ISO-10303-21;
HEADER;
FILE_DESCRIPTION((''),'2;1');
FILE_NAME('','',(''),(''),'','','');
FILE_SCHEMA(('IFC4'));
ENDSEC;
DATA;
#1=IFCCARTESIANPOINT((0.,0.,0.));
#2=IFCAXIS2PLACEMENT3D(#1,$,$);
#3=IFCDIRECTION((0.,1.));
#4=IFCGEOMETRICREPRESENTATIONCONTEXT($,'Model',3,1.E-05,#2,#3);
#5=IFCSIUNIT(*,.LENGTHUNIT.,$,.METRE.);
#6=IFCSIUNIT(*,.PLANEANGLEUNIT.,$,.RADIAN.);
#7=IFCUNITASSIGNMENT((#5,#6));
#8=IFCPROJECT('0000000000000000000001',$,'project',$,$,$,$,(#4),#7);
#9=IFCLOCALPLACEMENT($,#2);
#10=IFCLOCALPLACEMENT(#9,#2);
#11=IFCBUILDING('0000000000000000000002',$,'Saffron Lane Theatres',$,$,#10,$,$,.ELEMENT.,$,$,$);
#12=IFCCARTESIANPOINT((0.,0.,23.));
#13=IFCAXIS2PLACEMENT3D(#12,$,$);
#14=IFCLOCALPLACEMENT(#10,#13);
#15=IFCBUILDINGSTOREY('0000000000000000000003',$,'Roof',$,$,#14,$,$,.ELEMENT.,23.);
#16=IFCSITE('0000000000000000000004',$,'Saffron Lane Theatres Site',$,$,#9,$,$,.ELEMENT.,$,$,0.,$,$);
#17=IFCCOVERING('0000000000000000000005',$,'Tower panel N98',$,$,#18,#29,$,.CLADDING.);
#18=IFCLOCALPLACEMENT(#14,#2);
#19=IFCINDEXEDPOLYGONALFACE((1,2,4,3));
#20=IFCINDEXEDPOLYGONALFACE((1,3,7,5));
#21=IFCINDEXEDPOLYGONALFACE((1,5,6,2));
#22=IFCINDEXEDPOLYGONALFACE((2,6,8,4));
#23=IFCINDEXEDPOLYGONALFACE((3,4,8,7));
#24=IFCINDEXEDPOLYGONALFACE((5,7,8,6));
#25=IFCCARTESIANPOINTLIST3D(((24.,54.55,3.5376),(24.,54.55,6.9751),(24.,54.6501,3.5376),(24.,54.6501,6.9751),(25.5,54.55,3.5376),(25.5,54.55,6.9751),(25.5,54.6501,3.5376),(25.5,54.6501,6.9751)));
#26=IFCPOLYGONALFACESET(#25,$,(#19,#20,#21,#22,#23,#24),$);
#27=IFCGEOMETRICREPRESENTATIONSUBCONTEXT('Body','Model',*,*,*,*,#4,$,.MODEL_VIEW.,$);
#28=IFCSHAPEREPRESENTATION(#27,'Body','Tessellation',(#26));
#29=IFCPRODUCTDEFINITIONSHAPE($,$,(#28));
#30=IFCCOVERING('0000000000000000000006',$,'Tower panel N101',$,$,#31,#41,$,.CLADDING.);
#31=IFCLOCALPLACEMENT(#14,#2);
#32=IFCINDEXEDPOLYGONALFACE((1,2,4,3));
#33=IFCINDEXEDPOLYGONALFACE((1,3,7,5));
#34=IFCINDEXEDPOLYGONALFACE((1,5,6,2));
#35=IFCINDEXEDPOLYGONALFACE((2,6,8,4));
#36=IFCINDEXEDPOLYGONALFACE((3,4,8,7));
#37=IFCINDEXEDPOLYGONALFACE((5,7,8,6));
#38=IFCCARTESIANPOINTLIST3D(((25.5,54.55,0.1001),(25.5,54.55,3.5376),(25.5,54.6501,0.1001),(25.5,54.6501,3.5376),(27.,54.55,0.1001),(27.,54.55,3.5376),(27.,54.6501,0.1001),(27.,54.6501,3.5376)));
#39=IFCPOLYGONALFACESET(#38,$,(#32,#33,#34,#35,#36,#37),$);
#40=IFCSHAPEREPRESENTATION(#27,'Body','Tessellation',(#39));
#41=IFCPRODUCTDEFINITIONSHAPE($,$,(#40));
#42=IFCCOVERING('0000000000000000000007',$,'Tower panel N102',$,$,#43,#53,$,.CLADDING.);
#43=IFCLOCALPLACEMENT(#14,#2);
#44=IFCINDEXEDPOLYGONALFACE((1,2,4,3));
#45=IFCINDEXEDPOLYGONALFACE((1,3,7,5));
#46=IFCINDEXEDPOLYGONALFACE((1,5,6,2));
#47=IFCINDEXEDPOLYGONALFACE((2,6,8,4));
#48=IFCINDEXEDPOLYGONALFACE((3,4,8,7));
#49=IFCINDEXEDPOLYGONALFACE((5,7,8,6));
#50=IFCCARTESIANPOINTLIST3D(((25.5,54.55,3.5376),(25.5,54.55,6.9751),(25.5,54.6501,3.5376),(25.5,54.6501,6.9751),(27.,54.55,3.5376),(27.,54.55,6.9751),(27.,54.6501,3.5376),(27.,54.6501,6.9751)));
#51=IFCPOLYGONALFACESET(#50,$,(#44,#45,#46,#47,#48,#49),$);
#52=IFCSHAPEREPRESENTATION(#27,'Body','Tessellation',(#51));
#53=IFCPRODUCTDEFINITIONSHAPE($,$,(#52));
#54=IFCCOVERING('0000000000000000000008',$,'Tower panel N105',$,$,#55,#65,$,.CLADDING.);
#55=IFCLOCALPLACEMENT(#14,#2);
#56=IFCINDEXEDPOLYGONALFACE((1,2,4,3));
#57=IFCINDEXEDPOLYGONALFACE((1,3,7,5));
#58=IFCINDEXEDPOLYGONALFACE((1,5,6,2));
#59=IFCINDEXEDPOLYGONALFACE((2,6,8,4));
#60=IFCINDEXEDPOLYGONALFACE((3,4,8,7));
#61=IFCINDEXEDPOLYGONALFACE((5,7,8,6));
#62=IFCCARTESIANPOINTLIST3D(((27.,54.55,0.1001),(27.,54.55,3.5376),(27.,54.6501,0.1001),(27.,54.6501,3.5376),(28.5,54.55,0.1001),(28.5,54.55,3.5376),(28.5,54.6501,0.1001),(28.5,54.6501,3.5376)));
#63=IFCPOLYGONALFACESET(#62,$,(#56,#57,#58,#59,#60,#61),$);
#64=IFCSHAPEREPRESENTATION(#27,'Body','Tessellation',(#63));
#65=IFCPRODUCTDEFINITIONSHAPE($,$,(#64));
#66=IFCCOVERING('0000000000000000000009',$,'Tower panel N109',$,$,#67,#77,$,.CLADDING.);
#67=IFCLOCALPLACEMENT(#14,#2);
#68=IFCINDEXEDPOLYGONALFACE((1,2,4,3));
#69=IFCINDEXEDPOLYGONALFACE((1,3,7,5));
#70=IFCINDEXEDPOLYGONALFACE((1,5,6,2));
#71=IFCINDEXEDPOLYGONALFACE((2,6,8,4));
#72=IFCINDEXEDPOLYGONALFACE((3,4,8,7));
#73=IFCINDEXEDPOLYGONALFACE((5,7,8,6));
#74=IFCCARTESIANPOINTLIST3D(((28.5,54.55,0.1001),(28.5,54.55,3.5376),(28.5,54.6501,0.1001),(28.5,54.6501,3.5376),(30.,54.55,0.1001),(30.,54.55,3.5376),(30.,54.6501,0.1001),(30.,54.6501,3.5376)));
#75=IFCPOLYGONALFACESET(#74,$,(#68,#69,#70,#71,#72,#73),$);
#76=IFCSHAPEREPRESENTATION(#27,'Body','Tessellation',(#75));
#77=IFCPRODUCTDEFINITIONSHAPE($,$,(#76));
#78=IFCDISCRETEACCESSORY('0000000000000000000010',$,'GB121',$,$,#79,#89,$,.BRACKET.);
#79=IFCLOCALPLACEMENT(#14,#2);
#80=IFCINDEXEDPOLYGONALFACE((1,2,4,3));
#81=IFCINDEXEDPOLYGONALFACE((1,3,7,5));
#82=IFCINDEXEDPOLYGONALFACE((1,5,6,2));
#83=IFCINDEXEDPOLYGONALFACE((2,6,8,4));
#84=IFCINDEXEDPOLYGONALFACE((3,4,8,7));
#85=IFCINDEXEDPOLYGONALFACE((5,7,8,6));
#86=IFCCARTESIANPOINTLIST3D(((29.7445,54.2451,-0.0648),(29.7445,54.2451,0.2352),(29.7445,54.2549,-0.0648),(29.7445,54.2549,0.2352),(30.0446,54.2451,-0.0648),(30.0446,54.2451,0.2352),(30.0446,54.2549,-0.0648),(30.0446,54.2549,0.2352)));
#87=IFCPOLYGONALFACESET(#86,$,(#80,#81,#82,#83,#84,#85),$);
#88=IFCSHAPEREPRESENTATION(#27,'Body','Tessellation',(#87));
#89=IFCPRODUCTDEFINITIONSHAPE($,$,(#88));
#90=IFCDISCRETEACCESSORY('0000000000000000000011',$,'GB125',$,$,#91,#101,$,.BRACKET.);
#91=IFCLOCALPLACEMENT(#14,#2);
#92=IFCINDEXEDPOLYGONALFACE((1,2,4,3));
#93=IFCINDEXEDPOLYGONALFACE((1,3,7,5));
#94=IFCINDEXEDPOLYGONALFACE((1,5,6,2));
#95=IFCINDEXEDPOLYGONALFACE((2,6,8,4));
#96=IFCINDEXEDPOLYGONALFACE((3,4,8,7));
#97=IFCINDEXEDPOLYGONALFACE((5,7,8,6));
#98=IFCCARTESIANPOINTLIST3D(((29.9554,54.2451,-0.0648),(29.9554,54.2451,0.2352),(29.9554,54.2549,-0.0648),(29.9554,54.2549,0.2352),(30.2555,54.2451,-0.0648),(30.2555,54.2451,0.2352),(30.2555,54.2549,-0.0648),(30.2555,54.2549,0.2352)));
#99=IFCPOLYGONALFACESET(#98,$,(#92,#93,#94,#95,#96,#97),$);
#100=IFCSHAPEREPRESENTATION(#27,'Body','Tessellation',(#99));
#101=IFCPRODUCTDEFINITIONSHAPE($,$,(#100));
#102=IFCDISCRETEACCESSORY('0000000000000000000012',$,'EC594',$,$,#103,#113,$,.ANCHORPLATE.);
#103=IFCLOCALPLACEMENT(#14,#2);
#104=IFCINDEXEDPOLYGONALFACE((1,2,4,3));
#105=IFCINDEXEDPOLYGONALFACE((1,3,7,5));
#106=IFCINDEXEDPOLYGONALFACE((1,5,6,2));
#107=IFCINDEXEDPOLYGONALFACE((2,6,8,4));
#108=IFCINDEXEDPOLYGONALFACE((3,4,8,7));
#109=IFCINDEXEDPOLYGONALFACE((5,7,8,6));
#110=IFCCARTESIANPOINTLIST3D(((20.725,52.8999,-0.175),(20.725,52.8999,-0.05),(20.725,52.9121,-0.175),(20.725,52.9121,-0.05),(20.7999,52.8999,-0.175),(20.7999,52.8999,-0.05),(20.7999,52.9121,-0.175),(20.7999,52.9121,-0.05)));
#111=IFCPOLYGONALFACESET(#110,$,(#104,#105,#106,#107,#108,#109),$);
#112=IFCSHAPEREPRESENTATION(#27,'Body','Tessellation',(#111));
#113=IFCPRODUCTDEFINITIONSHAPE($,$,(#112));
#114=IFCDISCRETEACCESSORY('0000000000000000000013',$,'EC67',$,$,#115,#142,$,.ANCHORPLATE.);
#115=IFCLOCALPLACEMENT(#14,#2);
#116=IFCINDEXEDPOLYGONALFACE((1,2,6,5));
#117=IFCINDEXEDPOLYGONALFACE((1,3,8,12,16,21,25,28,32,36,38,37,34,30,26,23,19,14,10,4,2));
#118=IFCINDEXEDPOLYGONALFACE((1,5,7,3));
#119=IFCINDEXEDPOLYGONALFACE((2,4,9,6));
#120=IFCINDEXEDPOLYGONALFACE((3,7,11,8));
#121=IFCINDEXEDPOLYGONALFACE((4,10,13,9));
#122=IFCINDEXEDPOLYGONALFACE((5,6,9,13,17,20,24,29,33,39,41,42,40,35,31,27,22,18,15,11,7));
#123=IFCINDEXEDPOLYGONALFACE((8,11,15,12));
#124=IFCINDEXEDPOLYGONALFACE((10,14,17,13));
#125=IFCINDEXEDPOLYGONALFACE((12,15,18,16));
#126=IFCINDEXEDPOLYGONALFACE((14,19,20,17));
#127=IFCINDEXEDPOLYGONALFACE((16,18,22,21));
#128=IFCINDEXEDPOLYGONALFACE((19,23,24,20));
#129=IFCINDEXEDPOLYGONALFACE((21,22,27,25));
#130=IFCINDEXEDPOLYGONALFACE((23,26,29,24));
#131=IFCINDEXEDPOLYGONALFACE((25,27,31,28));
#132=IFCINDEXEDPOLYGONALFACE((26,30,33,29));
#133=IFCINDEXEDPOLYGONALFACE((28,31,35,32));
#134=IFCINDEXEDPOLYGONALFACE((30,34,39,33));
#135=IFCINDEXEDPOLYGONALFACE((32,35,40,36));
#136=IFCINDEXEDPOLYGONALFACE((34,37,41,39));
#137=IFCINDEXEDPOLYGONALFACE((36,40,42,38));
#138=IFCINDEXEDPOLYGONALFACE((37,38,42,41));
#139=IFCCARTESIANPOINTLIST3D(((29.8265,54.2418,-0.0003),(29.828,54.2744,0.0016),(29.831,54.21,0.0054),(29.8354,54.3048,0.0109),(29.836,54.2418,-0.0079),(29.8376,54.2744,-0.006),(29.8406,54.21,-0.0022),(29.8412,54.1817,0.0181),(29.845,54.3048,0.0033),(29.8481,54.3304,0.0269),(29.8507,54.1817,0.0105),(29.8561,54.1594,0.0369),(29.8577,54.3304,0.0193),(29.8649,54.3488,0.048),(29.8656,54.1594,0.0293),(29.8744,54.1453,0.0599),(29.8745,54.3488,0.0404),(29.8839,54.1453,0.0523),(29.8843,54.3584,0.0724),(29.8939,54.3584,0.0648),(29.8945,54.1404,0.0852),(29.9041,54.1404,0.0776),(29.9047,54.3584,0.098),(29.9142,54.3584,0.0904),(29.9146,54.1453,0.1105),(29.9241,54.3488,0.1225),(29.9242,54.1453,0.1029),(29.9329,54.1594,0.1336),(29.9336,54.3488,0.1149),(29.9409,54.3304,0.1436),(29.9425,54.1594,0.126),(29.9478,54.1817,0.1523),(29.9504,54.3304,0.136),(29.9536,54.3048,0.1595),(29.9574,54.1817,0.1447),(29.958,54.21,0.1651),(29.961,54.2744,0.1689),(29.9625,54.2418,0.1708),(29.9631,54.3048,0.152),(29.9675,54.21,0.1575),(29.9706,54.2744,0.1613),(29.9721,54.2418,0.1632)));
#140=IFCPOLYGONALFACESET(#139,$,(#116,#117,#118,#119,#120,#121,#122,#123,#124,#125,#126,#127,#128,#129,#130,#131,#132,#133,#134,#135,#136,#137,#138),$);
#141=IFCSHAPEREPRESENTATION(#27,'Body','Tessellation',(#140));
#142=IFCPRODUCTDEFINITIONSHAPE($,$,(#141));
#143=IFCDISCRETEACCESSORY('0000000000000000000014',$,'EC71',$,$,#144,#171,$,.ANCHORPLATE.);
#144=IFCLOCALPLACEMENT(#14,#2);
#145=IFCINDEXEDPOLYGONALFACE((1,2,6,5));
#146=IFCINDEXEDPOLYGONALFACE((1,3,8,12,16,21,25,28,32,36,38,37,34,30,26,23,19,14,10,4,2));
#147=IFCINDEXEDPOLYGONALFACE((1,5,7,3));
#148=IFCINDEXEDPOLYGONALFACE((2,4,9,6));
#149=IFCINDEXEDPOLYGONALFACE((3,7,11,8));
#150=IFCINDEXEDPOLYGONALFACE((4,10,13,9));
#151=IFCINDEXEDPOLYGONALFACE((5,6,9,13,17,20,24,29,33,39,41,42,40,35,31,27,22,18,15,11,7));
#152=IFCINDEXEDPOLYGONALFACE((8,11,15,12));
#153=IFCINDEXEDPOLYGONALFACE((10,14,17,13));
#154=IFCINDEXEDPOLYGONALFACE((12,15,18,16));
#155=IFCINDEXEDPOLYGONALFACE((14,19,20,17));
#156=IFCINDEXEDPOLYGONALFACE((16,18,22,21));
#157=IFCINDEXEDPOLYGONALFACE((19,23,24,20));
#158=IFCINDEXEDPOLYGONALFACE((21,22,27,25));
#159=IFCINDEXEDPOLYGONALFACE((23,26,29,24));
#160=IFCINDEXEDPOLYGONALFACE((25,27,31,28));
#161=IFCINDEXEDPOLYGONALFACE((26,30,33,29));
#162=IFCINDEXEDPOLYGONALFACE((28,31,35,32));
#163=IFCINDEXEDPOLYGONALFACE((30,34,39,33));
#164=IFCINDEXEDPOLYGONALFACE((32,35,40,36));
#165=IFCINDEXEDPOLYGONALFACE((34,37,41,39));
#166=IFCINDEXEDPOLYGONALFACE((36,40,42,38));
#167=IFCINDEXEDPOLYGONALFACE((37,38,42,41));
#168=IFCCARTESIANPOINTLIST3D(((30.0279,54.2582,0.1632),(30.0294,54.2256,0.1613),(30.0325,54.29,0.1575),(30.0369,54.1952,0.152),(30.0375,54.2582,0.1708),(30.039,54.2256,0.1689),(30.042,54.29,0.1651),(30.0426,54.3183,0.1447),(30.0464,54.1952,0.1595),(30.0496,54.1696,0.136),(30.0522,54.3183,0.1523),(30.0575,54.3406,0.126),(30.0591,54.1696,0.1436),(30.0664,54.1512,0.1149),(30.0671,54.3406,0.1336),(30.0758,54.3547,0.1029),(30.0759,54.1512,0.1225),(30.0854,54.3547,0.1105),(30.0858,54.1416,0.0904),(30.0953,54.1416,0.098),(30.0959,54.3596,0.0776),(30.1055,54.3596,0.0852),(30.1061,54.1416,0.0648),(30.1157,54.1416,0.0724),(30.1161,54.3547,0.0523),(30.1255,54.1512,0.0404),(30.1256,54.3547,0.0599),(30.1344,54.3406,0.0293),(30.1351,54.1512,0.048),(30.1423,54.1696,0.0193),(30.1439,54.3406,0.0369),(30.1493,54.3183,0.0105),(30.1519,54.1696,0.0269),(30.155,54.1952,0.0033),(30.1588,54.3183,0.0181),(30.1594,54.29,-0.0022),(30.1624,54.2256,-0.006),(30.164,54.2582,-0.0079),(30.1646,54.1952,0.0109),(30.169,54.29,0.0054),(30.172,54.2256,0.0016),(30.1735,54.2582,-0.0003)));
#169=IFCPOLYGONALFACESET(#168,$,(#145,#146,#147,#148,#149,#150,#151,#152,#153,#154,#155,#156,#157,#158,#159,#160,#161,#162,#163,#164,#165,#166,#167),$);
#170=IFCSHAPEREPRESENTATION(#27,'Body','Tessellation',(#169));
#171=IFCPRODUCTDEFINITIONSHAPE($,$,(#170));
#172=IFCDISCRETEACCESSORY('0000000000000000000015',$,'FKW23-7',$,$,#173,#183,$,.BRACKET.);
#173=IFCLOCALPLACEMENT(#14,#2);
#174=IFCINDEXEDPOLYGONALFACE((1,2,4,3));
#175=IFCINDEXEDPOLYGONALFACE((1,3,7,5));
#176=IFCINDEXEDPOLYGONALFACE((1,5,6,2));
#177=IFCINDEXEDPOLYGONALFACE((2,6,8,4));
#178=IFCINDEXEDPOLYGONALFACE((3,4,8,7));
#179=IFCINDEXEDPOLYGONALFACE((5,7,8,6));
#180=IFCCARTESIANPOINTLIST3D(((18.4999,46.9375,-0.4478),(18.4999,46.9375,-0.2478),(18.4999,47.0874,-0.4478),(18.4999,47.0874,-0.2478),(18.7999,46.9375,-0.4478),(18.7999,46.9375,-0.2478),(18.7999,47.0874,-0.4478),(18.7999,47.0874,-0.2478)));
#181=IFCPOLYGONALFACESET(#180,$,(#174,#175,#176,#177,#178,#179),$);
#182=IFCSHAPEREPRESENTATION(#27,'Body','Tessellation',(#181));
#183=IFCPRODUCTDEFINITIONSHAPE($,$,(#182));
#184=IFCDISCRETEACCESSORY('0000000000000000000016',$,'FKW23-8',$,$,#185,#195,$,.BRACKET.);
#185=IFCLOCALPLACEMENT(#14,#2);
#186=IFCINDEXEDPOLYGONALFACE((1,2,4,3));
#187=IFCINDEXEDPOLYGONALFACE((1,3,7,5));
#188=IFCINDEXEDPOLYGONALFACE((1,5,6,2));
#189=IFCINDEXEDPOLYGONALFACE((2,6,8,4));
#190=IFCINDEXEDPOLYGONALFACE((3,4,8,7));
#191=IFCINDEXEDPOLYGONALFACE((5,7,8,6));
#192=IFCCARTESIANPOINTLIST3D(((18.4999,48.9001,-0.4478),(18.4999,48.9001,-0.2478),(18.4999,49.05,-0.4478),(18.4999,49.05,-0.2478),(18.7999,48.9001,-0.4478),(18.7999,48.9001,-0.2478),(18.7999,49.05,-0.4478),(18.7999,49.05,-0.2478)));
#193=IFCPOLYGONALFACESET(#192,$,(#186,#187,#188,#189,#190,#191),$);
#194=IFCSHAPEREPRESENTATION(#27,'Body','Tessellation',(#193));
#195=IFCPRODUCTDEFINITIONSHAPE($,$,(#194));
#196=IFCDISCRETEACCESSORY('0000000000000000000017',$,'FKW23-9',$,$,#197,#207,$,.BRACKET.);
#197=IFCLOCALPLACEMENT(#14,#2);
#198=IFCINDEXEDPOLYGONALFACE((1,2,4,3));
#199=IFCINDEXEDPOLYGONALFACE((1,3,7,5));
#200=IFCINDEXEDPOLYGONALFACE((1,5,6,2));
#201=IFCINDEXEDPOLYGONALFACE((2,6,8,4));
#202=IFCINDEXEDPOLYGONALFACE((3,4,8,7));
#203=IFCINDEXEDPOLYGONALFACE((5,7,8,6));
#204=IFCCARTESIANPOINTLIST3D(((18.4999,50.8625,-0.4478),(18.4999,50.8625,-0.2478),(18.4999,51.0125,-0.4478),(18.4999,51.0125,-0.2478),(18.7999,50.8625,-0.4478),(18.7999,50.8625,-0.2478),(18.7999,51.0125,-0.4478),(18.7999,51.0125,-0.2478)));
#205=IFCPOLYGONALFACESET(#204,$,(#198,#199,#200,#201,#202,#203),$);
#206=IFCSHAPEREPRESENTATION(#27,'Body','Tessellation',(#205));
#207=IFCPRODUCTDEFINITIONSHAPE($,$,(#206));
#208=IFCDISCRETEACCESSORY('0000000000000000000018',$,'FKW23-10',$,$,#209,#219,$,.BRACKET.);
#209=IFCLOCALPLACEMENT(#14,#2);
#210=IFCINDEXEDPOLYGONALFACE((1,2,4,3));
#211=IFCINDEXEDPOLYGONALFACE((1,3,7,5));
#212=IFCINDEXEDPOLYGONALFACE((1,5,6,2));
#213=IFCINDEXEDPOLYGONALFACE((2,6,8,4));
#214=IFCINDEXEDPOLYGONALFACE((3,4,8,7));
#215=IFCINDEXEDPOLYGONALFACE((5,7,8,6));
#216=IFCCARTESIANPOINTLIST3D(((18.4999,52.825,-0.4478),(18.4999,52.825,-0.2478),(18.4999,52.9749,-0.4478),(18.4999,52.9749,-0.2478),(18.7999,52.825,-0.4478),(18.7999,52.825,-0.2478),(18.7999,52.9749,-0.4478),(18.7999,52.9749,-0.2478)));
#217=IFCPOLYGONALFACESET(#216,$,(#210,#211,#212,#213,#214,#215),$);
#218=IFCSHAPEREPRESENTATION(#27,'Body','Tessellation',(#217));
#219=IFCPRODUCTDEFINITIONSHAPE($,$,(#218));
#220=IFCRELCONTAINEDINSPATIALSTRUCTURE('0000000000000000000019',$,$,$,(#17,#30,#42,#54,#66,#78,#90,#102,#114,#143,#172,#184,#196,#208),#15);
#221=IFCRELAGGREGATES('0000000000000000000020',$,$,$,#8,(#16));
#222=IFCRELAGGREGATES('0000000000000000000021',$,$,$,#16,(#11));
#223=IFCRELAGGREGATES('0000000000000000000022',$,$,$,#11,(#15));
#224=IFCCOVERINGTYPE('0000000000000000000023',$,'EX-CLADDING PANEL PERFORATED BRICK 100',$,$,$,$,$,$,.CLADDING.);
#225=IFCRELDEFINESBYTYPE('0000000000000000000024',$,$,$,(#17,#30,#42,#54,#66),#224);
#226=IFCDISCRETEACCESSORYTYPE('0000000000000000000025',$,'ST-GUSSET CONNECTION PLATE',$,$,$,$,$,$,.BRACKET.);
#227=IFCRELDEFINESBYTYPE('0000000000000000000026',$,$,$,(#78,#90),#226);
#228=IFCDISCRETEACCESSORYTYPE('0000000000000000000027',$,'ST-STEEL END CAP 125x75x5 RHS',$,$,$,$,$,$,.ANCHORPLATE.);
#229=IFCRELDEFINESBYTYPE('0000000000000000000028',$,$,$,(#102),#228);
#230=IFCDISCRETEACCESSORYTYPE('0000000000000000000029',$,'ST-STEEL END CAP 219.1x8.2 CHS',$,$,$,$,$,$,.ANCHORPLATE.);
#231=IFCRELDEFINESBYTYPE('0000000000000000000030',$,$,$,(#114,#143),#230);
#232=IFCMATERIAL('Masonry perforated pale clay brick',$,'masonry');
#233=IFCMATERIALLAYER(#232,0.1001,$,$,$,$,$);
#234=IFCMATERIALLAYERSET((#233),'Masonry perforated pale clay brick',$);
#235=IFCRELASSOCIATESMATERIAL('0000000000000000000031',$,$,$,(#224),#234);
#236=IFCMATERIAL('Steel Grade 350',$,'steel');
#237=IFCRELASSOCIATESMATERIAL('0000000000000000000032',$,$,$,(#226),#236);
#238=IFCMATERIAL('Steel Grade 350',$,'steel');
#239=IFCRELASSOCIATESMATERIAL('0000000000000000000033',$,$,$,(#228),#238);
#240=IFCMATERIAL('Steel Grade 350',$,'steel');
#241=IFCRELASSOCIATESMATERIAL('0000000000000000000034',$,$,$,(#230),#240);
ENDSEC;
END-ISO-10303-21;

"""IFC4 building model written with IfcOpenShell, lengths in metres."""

from ifc_helpers import new_model, si_unit, direction, frame, origin, origin_2d, place, context, subcontext, project, spatial, rectangle, circle, extrude, material, layer, layer_set, material_profile, profile_set, type_object, element, save


model = new_model("IFC4")

# Units and contexts
model_context = context("Model", 3, precision=1e-05, world=origin(), true_north=direction((0.0, 1.0)))
body_context = subcontext(model_context, "Body", "Model", "MODEL_VIEW")
ifc_project = project(units=[si_unit("LENGTHUNIT", "METRE"), si_unit("PLANEANGLEUNIT", "RADIAN")], contexts=[model_context])

# Site, building, storey
site_placement = place(None, origin())
site = spatial("IfcSite", under=ifc_project, at=site_placement, Name="Saffron Lane Theatres Site", CompositionType="ELEMENT", RefElevation=0.0)
building_placement = place(site_placement, origin())
building = spatial("IfcBuilding", under=site, at=building_placement, Name="Saffron Lane Theatres", CompositionType="ELEMENT")
storey_placement = place(building_placement, frame((0.0, 0.0, 23.0)))
storey = spatial("IfcBuildingStorey", under=building, at=storey_placement, Name="Roof", CompositionType="ELEMENT", Elevation=23.0)

# Coverings
ifc_material_1 = material(Name="Masonry perforated pale clay brick", Category="masonry")
ifc_layer_1 = layer(ifc_material_1, 0.1001)
ifc_layer_set_1 = layer_set([ifc_layer_1], Name="Masonry perforated pale clay brick")
covering_type = type_object("IfcCoveringType", Name="EX-CLADDING PANEL PERFORATED BRICK 100", PredefinedType="CLADDING", material=ifc_layer_set_1)
for number, where, z_axis, x_axis, name in (
    (1, (24.75, 54.6001, 3.5376), (0.0, 0.0, 1.0), (1.0, 0.0, 0.0), "Tower panel N98"),
    (2, (26.25, 54.6001, 0.1001), (0.0, 0.0, 1.0), (1.0, 0.0, 0.0), "Tower panel N101"),
    (3, (26.25, 54.6001, 3.5376), (0.0, 0.0, 1.0), (1.0, 0.0, 0.0), "Tower panel N102"),
    (4, (27.75, 54.6001, 0.1001), (0.0, 0.0, 1.0), (1.0, 0.0, 0.0), "Tower panel N105"),
    (5, (29.25, 54.6001, 0.1001), (0.0, 0.0, 1.0), (1.0, 0.0, 0.0), "Tower panel N109"),
):
    element("IfcCovering", number, at=place(storey_placement, frame(where, z_axis=z_axis, x_axis=x_axis)), inside=storey, type_object=covering_type, Name=name, PredefinedType="CLADDING", context=body_context, shape_type="SweptSolid", body=[
        extrude(rectangle(XDim=1.5, YDim=0.1001, at=origin_2d()), origin(), (0.0, 0.0, 1.0), 3.4375),
    ])

# Discrete accessories
ifc_material_2 = material(Name="Steel Grade 350", Category="steel")
ifc_material_profile_1 = material_profile(ifc_material_2, rectangle(XDim=0.3, YDim=0.3, at=origin_2d()))
ifc_profile_set_1 = profile_set([ifc_material_profile_1], Name="Steel Grade 350")
discrete_accessory_type_1 = type_object("IfcDiscreteAccessoryType", Name="ST-GUSSET CONNECTION PLATE", PredefinedType="BRACKET", material=ifc_profile_set_1)
for number, where, z_axis, x_axis, name in (
    (6, (29.8945, 54.2451, 0.0852), (0.0, 1.0, 0.0), (-1.0, 0.0, 0.0), "GB121"),
    (7, (30.1055, 54.2451, 0.0852), (0.0, 1.0, 0.0), (-1.0, 0.0, 0.0), "GB125"),
):
    element("IfcDiscreteAccessory", number, at=place(storey_placement, frame(where, z_axis=z_axis, x_axis=x_axis)), inside=storey, type_object=discrete_accessory_type_1, Name=name, PredefinedType="BRACKET", context=body_context, shape_type="SweptSolid", body=[
        extrude(rectangle(XDim=0.3, YDim=0.3, at=origin_2d()), origin(), (0.0, 0.0, 1.0), 0.0098),
    ])
ifc_material_3 = material(Name="Steel Grade 350", Category="steel")
ifc_material_profile_2 = material_profile(ifc_material_3, rectangle(XDim=0.075, YDim=0.125, at=origin_2d()))
ifc_profile_set_2 = profile_set([ifc_material_profile_2], Name="Steel Grade 350")
discrete_accessory_type_2 = type_object("IfcDiscreteAccessoryType", Name="ST-STEEL END CAP 125x75x5 RHS", PredefinedType="ANCHORPLATE", material=ifc_profile_set_2)
discrete_accessory_placement = place(storey_placement, frame((20.7625, 52.8999, -0.1125), z_axis=(0.0, 1.0, 0.0), x_axis=(-1.0, 0.0, 0.0)))
element("IfcDiscreteAccessory", 8, at=discrete_accessory_placement, inside=storey, type_object=discrete_accessory_type_2, Name="EC594", PredefinedType="ANCHORPLATE", context=body_context, shape_type="SweptSolid", body=[
    extrude(rectangle(XDim=0.075, YDim=0.125, at=origin_2d()), origin(), (0.0, 0.0, 1.0), 0.0122),
])
ifc_material_4 = material(Name="Steel Grade 350", Category="steel")
ifc_material_profile_3 = material_profile(ifc_material_4, circle(Radius=0.1096, at=origin_2d()))
ifc_profile_set_3 = profile_set([ifc_material_profile_3], Name="Steel Grade 350")
discrete_accessory_type_3 = type_object("IfcDiscreteAccessoryType", Name="ST-STEEL END CAP 219.1x8.2 CHS", PredefinedType="ANCHORPLATE", material=ifc_profile_set_3)
for number, where, z_axis, x_axis, name in (
    (9, (29.9041, 54.25, 0.0776), (-0.782823, 0.0, 0.622244), (0.0, -1.0, 0.0), "EC67"),
    (10, (30.0959, 54.25, 0.0776), (0.782823, 0.0, 0.622244), (0.0, 1.0, 0.0), "EC71"),
):
    element("IfcDiscreteAccessory", number, at=place(storey_placement, frame(where, z_axis=z_axis, x_axis=x_axis)), inside=storey, type_object=discrete_accessory_type_3, Name=name, PredefinedType="ANCHORPLATE", context=body_context, shape_type="SweptSolid", body=[
        extrude(circle(Radius=0.1096, at=origin_2d()), origin(), (0.0, 0.0, 1.0), 0.0122),
    ])
for number, where, z_axis, x_axis, name in (
    (11, (18.6499, 47.0125, -0.4478), (0.0, 0.0, 1.0), (1.0, 0.0, 0.0), "FKW23-7"),
    (12, (18.6499, 48.9751, -0.4478), (0.0, 0.0, 1.0), (1.0, 0.0, 0.0), "FKW23-8"),
    (13, (18.6499, 50.9375, -0.4478), (0.0, 0.0, 1.0), (1.0, 0.0, 0.0), "FKW23-9"),
    (14, (18.6499, 52.8999, -0.4478), (0.0, 0.0, 1.0), (1.0, 0.0, 0.0), "FKW23-10"),
):
    element("IfcDiscreteAccessory", number, at=place(storey_placement, frame(where, z_axis=z_axis, x_axis=x_axis)), inside=storey, Name=name, PredefinedType="BRACKET", context=body_context, shape_type="SweptSolid", body=[
        extrude(rectangle(XDim=0.3, YDim=0.1499, at=origin_2d()), origin(), (0.0, 0.0, 1.0), 0.2),
    ])

save(model, "model.ifc")
